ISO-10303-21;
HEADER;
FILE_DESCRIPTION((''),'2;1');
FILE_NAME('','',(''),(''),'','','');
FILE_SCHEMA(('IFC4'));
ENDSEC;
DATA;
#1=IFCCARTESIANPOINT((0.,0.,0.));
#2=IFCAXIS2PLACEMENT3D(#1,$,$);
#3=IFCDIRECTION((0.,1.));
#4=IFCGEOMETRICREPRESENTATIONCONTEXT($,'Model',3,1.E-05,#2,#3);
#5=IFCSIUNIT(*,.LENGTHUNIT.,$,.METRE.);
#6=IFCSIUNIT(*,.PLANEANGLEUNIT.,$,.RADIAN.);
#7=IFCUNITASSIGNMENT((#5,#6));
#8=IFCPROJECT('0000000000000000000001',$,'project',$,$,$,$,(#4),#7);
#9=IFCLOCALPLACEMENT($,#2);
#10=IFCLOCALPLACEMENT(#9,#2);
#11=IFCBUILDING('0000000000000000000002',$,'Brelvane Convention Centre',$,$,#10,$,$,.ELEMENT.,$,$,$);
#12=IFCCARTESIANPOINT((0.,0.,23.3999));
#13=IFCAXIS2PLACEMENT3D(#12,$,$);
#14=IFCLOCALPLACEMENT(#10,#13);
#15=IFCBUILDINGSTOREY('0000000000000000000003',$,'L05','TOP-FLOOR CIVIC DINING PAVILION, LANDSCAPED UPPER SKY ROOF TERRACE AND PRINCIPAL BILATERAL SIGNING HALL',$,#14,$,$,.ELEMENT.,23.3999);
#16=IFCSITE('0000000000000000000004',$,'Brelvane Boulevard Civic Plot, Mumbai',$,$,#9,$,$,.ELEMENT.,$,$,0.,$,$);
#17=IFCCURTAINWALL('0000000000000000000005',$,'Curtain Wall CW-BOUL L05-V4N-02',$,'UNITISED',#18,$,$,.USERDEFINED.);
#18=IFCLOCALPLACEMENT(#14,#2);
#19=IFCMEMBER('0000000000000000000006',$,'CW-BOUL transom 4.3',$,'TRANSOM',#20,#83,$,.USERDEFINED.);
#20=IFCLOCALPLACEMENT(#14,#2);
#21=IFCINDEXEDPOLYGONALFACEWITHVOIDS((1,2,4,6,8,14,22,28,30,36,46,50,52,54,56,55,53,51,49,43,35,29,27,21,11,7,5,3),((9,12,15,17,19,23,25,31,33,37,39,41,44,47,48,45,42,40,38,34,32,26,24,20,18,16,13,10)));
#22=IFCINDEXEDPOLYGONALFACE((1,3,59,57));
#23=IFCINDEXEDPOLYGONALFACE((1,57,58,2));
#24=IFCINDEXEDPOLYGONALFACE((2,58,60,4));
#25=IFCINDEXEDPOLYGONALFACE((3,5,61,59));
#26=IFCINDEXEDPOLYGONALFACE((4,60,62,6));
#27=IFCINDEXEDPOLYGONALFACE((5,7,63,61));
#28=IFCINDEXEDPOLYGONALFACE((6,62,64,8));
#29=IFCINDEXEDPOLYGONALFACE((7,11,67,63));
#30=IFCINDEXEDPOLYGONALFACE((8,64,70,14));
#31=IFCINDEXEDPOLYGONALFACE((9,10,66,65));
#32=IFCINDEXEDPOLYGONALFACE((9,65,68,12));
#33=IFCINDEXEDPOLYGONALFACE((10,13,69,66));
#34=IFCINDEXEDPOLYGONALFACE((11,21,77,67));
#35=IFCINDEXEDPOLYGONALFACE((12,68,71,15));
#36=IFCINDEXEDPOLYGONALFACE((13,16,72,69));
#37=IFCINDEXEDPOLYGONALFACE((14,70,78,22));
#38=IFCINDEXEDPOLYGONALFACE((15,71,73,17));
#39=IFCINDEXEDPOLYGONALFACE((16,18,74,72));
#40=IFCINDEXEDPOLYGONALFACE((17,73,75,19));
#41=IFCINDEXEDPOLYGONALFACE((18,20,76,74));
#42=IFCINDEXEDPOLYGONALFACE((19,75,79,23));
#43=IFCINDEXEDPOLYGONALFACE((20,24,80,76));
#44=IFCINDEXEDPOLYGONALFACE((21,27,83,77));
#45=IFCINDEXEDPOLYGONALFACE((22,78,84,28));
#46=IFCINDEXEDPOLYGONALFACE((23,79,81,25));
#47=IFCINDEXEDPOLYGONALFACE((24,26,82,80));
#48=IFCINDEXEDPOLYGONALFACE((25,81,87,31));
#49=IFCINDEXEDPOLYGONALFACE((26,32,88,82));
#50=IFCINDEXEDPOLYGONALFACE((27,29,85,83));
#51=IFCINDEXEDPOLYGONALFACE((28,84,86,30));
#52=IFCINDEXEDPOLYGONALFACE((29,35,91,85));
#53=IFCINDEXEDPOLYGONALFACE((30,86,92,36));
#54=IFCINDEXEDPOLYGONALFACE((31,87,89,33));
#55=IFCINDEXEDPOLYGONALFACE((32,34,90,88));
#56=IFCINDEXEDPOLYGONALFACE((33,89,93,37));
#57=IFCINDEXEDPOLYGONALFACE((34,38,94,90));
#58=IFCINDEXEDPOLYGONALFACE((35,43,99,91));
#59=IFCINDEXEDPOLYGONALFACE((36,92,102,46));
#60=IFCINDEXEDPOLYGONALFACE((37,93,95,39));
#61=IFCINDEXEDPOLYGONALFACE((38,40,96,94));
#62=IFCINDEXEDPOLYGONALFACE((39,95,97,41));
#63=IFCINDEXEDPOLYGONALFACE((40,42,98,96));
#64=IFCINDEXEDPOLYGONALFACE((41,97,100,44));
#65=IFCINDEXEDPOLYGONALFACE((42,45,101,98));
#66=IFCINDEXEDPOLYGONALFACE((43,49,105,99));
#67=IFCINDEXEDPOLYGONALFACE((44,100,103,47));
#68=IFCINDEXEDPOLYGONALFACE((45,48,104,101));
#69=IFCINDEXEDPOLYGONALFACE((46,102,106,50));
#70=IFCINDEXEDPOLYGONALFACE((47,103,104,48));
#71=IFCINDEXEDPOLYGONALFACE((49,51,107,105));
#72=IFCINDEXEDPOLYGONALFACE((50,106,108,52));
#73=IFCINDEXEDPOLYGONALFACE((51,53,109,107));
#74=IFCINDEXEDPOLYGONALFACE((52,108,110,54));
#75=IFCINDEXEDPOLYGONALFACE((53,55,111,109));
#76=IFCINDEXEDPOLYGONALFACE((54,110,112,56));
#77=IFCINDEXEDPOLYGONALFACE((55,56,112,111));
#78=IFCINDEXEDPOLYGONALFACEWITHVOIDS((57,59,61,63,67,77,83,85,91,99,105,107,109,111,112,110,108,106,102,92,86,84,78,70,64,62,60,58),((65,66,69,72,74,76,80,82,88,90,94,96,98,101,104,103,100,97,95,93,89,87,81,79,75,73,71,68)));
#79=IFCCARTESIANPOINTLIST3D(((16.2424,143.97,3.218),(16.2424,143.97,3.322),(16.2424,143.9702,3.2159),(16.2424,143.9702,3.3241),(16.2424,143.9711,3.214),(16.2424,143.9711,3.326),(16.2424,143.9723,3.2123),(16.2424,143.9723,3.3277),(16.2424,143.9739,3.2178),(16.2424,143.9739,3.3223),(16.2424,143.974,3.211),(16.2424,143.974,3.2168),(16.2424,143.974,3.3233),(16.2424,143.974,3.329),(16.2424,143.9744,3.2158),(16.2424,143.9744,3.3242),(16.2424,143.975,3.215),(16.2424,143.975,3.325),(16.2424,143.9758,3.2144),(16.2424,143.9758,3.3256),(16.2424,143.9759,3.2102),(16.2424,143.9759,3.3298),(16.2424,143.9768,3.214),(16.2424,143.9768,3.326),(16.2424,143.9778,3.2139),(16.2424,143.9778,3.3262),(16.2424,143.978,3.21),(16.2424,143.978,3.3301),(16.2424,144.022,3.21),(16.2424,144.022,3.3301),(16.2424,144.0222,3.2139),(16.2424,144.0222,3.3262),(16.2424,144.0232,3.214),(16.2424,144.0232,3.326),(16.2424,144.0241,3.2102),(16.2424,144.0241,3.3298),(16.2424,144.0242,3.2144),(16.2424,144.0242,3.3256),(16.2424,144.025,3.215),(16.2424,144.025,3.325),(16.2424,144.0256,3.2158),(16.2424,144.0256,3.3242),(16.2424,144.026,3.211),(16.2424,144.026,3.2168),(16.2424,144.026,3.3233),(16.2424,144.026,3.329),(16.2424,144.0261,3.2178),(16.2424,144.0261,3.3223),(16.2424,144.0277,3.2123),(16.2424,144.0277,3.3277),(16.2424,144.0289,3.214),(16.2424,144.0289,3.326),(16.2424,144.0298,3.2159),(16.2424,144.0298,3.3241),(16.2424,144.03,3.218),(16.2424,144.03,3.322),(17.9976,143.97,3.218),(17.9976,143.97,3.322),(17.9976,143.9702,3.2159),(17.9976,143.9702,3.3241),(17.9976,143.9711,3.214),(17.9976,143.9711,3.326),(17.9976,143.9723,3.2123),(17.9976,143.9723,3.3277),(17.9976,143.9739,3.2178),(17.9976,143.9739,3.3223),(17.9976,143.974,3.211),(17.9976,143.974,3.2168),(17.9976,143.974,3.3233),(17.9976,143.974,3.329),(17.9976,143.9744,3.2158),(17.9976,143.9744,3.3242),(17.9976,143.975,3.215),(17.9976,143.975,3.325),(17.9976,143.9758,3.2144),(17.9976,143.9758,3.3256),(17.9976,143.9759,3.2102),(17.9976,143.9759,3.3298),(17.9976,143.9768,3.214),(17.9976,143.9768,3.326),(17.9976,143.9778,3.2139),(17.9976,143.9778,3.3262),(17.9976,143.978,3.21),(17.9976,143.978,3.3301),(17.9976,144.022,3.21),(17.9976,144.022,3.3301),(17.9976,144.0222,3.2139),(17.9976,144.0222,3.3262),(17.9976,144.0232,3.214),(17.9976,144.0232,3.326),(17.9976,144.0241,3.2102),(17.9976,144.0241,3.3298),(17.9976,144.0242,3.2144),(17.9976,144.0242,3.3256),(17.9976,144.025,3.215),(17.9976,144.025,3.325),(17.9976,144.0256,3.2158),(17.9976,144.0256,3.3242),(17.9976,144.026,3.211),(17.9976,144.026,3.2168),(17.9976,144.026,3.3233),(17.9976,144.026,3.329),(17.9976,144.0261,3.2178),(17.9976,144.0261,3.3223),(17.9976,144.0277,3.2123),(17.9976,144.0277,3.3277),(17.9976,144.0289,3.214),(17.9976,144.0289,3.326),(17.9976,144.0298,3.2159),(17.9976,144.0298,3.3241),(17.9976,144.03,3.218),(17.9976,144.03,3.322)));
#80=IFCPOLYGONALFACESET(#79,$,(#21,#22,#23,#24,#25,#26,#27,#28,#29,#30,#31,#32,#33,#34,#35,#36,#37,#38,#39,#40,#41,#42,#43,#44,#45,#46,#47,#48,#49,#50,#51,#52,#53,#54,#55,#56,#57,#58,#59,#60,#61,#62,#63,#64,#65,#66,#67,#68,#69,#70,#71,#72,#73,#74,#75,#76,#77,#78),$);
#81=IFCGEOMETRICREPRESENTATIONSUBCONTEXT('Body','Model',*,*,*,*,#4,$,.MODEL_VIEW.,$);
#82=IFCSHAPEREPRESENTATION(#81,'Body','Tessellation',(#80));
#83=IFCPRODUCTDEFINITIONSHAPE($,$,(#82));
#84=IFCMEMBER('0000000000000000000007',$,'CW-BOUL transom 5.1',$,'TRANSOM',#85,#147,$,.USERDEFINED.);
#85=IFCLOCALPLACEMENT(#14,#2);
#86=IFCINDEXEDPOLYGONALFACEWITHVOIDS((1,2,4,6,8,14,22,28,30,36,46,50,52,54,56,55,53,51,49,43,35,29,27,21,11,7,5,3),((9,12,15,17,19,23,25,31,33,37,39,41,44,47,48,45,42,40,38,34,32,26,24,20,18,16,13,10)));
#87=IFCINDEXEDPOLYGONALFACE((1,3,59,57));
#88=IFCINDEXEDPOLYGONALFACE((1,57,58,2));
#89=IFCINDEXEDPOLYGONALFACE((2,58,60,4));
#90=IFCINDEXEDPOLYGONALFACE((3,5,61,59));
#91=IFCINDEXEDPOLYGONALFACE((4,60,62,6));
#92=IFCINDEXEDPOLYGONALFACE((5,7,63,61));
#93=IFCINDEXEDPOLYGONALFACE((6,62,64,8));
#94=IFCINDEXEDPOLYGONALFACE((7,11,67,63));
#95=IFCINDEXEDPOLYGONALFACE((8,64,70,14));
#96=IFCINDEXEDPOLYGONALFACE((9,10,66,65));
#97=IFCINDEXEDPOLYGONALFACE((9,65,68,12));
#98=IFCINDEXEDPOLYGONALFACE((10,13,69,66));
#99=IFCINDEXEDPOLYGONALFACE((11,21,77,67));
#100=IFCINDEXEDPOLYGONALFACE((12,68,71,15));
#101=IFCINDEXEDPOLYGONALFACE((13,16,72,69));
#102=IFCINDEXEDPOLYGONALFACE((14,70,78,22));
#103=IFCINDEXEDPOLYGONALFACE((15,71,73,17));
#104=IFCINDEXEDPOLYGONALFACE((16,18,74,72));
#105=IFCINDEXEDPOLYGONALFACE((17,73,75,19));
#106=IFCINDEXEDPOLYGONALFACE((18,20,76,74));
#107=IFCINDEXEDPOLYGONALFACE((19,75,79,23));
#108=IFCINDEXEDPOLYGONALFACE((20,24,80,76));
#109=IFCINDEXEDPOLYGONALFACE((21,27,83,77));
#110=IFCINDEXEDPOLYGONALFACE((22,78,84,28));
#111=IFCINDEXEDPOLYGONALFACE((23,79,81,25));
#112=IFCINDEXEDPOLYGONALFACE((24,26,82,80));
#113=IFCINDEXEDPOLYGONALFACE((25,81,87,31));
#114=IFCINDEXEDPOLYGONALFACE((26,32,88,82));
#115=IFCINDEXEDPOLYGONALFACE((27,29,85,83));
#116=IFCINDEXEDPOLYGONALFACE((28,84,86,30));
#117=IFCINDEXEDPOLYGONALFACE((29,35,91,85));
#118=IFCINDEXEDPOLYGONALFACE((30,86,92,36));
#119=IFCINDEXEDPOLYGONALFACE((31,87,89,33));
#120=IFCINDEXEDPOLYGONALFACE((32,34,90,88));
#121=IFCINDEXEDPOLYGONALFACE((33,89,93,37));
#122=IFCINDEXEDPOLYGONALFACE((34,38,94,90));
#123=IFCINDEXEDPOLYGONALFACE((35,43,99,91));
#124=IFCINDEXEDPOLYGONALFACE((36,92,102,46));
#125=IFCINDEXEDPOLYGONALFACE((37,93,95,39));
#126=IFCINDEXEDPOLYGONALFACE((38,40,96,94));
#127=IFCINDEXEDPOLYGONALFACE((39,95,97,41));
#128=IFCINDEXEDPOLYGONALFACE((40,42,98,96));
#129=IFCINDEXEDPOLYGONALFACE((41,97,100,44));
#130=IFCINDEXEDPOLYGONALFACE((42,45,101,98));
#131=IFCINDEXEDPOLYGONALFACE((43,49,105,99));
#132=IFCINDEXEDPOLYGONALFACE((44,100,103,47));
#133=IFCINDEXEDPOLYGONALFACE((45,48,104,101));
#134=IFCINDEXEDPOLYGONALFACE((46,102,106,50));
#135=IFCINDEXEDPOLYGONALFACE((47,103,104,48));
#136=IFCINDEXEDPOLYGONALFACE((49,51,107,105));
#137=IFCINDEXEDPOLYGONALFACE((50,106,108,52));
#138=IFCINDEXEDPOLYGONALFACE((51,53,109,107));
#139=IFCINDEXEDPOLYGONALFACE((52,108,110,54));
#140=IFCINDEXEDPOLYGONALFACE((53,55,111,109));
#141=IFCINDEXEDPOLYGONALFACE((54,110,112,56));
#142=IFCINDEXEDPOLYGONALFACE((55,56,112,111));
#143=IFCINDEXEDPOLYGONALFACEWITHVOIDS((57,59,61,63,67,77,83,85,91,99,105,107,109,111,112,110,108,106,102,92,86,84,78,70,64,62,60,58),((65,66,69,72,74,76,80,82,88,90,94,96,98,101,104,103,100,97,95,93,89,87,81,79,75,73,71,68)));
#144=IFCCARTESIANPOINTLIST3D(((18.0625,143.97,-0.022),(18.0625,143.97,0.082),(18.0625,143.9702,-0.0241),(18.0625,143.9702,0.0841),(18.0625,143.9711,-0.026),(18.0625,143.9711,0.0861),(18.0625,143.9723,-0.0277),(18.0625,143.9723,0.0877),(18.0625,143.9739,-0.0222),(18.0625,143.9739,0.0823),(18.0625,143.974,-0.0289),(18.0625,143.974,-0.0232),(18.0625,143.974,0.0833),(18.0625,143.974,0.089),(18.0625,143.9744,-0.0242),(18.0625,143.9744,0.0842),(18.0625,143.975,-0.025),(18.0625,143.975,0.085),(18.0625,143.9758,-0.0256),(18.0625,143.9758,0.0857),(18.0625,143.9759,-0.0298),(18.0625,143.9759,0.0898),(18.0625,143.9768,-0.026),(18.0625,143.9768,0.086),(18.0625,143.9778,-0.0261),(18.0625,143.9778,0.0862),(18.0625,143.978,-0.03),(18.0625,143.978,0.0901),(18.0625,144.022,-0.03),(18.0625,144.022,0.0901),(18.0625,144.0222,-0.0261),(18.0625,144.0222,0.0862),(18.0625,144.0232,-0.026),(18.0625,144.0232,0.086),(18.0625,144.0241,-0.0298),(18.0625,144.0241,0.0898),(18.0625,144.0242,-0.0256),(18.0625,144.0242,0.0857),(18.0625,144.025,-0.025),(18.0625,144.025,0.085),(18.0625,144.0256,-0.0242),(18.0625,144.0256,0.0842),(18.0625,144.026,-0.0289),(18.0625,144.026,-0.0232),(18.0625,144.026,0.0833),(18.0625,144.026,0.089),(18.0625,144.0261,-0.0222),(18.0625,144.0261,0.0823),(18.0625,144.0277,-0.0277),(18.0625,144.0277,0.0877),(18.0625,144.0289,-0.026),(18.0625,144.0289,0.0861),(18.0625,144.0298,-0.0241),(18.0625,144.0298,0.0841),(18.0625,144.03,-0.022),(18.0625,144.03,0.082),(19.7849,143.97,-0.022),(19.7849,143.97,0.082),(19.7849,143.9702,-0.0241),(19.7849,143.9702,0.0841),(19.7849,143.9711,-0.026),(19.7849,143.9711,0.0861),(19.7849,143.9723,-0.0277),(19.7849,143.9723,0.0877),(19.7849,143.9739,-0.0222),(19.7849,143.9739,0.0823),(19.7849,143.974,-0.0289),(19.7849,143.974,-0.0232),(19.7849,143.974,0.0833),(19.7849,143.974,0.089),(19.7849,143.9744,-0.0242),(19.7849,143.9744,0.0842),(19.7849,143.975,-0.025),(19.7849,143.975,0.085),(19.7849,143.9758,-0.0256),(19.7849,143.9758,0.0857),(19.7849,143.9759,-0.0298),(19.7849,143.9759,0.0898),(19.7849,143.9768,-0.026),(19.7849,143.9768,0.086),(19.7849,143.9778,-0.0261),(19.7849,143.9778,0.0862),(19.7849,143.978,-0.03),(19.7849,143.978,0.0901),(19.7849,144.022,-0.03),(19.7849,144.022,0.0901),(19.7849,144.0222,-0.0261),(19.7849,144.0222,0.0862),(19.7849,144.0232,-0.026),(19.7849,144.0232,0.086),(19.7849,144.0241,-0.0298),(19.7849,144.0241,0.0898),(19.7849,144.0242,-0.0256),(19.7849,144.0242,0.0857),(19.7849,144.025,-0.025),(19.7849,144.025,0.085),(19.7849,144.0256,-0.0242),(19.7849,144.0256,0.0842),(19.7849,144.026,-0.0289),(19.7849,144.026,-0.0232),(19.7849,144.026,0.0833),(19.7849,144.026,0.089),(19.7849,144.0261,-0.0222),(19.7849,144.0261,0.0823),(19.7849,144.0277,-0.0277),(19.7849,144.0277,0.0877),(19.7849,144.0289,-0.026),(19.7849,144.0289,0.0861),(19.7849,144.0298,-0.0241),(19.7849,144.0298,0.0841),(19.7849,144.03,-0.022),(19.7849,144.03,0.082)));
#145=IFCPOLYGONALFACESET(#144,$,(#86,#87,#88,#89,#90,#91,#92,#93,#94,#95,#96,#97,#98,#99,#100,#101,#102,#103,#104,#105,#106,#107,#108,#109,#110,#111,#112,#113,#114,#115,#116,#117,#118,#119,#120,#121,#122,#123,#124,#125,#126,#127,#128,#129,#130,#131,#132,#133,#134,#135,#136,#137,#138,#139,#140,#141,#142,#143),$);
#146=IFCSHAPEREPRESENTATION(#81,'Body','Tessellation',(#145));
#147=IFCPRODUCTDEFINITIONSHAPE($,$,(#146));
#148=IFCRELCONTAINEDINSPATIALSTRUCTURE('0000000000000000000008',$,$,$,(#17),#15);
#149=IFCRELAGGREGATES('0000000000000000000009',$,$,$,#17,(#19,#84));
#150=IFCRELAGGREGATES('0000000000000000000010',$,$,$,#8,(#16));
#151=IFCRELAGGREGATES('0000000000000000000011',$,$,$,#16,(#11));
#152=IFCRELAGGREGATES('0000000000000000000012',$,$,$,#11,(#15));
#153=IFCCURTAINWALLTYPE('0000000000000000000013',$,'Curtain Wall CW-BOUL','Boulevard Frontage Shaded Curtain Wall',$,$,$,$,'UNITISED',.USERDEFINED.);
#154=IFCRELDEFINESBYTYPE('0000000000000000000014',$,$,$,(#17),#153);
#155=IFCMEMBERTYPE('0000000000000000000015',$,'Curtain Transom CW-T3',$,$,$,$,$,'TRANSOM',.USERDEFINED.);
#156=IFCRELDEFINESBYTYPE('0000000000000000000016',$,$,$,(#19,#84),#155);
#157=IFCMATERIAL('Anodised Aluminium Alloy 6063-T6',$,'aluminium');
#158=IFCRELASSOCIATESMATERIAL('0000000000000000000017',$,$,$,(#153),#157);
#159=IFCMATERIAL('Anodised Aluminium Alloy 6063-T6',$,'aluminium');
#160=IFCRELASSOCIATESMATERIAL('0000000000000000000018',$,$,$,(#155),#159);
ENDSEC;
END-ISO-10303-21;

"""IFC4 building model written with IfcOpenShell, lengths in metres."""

from ifc_helpers import new_model, si_unit, direction, frame, origin, origin_2d, place, context, subcontext, project, spatial, hollow_rectangle, extrude, material, material_profile, profile_set, type_object, element, aggregate, save


model = new_model("IFC4")

# Units and contexts
model_context = context("Model", 3, precision=1e-05, world=origin(), true_north=direction((0.0, 1.0)))
body_context = subcontext(model_context, "Body", "Model", "MODEL_VIEW")
ifc_project = project(units=[si_unit("LENGTHUNIT", "METRE"), si_unit("PLANEANGLEUNIT", "RADIAN")], contexts=[model_context])

# Site, building, storey
site_placement = place(None, origin())
site = spatial("IfcSite", under=ifc_project, at=site_placement, Name="Brelvane Boulevard Civic Plot, Mumbai", CompositionType="ELEMENT", RefElevation=0.0)
building_placement = place(site_placement, origin())
building = spatial("IfcBuilding", under=site, at=building_placement, Name="Brelvane Convention Centre", CompositionType="ELEMENT")
storey_placement = place(building_placement, frame((0.0, 0.0, 23.3999)))
storey = spatial("IfcBuildingStorey", under=building, at=storey_placement, Name="L05", Description="TOP-FLOOR CIVIC DINING PAVILION, LANDSCAPED UPPER SKY ROOF TERRACE AND PRINCIPAL BILATERAL SIGNING HALL", CompositionType="ELEMENT", Elevation=23.3999)

# Curtain wall, members
ifc_material_1 = material(Name="Anodised Aluminium Alloy 6063-T6", Category="aluminium")
curtain_wall_type = type_object("IfcCurtainWallType", Name="Curtain Wall CW-BOUL", Description="Boulevard Frontage Shaded Curtain Wall", ElementType="UNITISED", PredefinedType="USERDEFINED", material=ifc_material_1)
curtain_wall_placement = place(storey_placement, origin())
curtain_wall = element("IfcCurtainWall", 1, at=curtain_wall_placement, inside=storey, type_object=curtain_wall_type, Name="Curtain Wall CW-BOUL L05-V4N-02", ObjectType="UNITISED", PredefinedType="USERDEFINED")
ifc_material_2 = material(Name="Anodised Aluminium Alloy 6063-T6", Category="aluminium")
ifc_material_profile_1 = material_profile(ifc_material_2, hollow_rectangle(XDim=0.0601, YDim=0.1201, WallThickness=0.0039, InnerFilletRadius=0.0039, OuterFilletRadius=0.0081, at=origin_2d()), Name="ALU-T 120x60x4.0")
ifc_profile_set_1 = profile_set([ifc_material_profile_1], Name="Anodised Aluminium Alloy 6063-T6")
member_type_1 = type_object("IfcMemberType", Name="Curtain Transom CW-T3", ElementType="TRANSOM", PredefinedType="USERDEFINED", material=ifc_profile_set_1)
member_1_placement = place(storey_placement, frame((16.2424, 144.0, 3.27), z_axis=(1.0, 0.0, 0.0), x_axis=(0.0, 1.0, 0.0)))
member_1 = element("IfcMember", 2, at=member_1_placement, type_object=member_type_1, Name="CW-BOUL transom 4.3", ObjectType="TRANSOM", PredefinedType="USERDEFINED", context=body_context, shape_type="SweptSolid", body=[
    extrude(hollow_rectangle(XDim=0.0601, YDim=0.1201, WallThickness=0.0039, InnerFilletRadius=0.0039, OuterFilletRadius=0.0081, at=origin_2d()), origin(), (0.0, 0.0, 1.0), 1.7551),
])
member_2_placement = place(storey_placement, frame((18.0625, 144.0, 0.03), z_axis=(1.0, 0.0, 0.0), x_axis=(0.0, 1.0, 0.0)))
member_2 = element("IfcMember", 3, at=member_2_placement, type_object=member_type_1, Name="CW-BOUL transom 5.1", ObjectType="TRANSOM", PredefinedType="USERDEFINED", context=body_context, shape_type="SweptSolid", body=[
    extrude(hollow_rectangle(XDim=0.0601, YDim=0.1201, WallThickness=0.0039, InnerFilletRadius=0.0039, OuterFilletRadius=0.0081, at=origin_2d()), origin(), (0.0, 0.0, 1.0), 1.7224),
])

aggregate(curtain_wall, [member_1, member_2])

save(model, "model.ifc")
